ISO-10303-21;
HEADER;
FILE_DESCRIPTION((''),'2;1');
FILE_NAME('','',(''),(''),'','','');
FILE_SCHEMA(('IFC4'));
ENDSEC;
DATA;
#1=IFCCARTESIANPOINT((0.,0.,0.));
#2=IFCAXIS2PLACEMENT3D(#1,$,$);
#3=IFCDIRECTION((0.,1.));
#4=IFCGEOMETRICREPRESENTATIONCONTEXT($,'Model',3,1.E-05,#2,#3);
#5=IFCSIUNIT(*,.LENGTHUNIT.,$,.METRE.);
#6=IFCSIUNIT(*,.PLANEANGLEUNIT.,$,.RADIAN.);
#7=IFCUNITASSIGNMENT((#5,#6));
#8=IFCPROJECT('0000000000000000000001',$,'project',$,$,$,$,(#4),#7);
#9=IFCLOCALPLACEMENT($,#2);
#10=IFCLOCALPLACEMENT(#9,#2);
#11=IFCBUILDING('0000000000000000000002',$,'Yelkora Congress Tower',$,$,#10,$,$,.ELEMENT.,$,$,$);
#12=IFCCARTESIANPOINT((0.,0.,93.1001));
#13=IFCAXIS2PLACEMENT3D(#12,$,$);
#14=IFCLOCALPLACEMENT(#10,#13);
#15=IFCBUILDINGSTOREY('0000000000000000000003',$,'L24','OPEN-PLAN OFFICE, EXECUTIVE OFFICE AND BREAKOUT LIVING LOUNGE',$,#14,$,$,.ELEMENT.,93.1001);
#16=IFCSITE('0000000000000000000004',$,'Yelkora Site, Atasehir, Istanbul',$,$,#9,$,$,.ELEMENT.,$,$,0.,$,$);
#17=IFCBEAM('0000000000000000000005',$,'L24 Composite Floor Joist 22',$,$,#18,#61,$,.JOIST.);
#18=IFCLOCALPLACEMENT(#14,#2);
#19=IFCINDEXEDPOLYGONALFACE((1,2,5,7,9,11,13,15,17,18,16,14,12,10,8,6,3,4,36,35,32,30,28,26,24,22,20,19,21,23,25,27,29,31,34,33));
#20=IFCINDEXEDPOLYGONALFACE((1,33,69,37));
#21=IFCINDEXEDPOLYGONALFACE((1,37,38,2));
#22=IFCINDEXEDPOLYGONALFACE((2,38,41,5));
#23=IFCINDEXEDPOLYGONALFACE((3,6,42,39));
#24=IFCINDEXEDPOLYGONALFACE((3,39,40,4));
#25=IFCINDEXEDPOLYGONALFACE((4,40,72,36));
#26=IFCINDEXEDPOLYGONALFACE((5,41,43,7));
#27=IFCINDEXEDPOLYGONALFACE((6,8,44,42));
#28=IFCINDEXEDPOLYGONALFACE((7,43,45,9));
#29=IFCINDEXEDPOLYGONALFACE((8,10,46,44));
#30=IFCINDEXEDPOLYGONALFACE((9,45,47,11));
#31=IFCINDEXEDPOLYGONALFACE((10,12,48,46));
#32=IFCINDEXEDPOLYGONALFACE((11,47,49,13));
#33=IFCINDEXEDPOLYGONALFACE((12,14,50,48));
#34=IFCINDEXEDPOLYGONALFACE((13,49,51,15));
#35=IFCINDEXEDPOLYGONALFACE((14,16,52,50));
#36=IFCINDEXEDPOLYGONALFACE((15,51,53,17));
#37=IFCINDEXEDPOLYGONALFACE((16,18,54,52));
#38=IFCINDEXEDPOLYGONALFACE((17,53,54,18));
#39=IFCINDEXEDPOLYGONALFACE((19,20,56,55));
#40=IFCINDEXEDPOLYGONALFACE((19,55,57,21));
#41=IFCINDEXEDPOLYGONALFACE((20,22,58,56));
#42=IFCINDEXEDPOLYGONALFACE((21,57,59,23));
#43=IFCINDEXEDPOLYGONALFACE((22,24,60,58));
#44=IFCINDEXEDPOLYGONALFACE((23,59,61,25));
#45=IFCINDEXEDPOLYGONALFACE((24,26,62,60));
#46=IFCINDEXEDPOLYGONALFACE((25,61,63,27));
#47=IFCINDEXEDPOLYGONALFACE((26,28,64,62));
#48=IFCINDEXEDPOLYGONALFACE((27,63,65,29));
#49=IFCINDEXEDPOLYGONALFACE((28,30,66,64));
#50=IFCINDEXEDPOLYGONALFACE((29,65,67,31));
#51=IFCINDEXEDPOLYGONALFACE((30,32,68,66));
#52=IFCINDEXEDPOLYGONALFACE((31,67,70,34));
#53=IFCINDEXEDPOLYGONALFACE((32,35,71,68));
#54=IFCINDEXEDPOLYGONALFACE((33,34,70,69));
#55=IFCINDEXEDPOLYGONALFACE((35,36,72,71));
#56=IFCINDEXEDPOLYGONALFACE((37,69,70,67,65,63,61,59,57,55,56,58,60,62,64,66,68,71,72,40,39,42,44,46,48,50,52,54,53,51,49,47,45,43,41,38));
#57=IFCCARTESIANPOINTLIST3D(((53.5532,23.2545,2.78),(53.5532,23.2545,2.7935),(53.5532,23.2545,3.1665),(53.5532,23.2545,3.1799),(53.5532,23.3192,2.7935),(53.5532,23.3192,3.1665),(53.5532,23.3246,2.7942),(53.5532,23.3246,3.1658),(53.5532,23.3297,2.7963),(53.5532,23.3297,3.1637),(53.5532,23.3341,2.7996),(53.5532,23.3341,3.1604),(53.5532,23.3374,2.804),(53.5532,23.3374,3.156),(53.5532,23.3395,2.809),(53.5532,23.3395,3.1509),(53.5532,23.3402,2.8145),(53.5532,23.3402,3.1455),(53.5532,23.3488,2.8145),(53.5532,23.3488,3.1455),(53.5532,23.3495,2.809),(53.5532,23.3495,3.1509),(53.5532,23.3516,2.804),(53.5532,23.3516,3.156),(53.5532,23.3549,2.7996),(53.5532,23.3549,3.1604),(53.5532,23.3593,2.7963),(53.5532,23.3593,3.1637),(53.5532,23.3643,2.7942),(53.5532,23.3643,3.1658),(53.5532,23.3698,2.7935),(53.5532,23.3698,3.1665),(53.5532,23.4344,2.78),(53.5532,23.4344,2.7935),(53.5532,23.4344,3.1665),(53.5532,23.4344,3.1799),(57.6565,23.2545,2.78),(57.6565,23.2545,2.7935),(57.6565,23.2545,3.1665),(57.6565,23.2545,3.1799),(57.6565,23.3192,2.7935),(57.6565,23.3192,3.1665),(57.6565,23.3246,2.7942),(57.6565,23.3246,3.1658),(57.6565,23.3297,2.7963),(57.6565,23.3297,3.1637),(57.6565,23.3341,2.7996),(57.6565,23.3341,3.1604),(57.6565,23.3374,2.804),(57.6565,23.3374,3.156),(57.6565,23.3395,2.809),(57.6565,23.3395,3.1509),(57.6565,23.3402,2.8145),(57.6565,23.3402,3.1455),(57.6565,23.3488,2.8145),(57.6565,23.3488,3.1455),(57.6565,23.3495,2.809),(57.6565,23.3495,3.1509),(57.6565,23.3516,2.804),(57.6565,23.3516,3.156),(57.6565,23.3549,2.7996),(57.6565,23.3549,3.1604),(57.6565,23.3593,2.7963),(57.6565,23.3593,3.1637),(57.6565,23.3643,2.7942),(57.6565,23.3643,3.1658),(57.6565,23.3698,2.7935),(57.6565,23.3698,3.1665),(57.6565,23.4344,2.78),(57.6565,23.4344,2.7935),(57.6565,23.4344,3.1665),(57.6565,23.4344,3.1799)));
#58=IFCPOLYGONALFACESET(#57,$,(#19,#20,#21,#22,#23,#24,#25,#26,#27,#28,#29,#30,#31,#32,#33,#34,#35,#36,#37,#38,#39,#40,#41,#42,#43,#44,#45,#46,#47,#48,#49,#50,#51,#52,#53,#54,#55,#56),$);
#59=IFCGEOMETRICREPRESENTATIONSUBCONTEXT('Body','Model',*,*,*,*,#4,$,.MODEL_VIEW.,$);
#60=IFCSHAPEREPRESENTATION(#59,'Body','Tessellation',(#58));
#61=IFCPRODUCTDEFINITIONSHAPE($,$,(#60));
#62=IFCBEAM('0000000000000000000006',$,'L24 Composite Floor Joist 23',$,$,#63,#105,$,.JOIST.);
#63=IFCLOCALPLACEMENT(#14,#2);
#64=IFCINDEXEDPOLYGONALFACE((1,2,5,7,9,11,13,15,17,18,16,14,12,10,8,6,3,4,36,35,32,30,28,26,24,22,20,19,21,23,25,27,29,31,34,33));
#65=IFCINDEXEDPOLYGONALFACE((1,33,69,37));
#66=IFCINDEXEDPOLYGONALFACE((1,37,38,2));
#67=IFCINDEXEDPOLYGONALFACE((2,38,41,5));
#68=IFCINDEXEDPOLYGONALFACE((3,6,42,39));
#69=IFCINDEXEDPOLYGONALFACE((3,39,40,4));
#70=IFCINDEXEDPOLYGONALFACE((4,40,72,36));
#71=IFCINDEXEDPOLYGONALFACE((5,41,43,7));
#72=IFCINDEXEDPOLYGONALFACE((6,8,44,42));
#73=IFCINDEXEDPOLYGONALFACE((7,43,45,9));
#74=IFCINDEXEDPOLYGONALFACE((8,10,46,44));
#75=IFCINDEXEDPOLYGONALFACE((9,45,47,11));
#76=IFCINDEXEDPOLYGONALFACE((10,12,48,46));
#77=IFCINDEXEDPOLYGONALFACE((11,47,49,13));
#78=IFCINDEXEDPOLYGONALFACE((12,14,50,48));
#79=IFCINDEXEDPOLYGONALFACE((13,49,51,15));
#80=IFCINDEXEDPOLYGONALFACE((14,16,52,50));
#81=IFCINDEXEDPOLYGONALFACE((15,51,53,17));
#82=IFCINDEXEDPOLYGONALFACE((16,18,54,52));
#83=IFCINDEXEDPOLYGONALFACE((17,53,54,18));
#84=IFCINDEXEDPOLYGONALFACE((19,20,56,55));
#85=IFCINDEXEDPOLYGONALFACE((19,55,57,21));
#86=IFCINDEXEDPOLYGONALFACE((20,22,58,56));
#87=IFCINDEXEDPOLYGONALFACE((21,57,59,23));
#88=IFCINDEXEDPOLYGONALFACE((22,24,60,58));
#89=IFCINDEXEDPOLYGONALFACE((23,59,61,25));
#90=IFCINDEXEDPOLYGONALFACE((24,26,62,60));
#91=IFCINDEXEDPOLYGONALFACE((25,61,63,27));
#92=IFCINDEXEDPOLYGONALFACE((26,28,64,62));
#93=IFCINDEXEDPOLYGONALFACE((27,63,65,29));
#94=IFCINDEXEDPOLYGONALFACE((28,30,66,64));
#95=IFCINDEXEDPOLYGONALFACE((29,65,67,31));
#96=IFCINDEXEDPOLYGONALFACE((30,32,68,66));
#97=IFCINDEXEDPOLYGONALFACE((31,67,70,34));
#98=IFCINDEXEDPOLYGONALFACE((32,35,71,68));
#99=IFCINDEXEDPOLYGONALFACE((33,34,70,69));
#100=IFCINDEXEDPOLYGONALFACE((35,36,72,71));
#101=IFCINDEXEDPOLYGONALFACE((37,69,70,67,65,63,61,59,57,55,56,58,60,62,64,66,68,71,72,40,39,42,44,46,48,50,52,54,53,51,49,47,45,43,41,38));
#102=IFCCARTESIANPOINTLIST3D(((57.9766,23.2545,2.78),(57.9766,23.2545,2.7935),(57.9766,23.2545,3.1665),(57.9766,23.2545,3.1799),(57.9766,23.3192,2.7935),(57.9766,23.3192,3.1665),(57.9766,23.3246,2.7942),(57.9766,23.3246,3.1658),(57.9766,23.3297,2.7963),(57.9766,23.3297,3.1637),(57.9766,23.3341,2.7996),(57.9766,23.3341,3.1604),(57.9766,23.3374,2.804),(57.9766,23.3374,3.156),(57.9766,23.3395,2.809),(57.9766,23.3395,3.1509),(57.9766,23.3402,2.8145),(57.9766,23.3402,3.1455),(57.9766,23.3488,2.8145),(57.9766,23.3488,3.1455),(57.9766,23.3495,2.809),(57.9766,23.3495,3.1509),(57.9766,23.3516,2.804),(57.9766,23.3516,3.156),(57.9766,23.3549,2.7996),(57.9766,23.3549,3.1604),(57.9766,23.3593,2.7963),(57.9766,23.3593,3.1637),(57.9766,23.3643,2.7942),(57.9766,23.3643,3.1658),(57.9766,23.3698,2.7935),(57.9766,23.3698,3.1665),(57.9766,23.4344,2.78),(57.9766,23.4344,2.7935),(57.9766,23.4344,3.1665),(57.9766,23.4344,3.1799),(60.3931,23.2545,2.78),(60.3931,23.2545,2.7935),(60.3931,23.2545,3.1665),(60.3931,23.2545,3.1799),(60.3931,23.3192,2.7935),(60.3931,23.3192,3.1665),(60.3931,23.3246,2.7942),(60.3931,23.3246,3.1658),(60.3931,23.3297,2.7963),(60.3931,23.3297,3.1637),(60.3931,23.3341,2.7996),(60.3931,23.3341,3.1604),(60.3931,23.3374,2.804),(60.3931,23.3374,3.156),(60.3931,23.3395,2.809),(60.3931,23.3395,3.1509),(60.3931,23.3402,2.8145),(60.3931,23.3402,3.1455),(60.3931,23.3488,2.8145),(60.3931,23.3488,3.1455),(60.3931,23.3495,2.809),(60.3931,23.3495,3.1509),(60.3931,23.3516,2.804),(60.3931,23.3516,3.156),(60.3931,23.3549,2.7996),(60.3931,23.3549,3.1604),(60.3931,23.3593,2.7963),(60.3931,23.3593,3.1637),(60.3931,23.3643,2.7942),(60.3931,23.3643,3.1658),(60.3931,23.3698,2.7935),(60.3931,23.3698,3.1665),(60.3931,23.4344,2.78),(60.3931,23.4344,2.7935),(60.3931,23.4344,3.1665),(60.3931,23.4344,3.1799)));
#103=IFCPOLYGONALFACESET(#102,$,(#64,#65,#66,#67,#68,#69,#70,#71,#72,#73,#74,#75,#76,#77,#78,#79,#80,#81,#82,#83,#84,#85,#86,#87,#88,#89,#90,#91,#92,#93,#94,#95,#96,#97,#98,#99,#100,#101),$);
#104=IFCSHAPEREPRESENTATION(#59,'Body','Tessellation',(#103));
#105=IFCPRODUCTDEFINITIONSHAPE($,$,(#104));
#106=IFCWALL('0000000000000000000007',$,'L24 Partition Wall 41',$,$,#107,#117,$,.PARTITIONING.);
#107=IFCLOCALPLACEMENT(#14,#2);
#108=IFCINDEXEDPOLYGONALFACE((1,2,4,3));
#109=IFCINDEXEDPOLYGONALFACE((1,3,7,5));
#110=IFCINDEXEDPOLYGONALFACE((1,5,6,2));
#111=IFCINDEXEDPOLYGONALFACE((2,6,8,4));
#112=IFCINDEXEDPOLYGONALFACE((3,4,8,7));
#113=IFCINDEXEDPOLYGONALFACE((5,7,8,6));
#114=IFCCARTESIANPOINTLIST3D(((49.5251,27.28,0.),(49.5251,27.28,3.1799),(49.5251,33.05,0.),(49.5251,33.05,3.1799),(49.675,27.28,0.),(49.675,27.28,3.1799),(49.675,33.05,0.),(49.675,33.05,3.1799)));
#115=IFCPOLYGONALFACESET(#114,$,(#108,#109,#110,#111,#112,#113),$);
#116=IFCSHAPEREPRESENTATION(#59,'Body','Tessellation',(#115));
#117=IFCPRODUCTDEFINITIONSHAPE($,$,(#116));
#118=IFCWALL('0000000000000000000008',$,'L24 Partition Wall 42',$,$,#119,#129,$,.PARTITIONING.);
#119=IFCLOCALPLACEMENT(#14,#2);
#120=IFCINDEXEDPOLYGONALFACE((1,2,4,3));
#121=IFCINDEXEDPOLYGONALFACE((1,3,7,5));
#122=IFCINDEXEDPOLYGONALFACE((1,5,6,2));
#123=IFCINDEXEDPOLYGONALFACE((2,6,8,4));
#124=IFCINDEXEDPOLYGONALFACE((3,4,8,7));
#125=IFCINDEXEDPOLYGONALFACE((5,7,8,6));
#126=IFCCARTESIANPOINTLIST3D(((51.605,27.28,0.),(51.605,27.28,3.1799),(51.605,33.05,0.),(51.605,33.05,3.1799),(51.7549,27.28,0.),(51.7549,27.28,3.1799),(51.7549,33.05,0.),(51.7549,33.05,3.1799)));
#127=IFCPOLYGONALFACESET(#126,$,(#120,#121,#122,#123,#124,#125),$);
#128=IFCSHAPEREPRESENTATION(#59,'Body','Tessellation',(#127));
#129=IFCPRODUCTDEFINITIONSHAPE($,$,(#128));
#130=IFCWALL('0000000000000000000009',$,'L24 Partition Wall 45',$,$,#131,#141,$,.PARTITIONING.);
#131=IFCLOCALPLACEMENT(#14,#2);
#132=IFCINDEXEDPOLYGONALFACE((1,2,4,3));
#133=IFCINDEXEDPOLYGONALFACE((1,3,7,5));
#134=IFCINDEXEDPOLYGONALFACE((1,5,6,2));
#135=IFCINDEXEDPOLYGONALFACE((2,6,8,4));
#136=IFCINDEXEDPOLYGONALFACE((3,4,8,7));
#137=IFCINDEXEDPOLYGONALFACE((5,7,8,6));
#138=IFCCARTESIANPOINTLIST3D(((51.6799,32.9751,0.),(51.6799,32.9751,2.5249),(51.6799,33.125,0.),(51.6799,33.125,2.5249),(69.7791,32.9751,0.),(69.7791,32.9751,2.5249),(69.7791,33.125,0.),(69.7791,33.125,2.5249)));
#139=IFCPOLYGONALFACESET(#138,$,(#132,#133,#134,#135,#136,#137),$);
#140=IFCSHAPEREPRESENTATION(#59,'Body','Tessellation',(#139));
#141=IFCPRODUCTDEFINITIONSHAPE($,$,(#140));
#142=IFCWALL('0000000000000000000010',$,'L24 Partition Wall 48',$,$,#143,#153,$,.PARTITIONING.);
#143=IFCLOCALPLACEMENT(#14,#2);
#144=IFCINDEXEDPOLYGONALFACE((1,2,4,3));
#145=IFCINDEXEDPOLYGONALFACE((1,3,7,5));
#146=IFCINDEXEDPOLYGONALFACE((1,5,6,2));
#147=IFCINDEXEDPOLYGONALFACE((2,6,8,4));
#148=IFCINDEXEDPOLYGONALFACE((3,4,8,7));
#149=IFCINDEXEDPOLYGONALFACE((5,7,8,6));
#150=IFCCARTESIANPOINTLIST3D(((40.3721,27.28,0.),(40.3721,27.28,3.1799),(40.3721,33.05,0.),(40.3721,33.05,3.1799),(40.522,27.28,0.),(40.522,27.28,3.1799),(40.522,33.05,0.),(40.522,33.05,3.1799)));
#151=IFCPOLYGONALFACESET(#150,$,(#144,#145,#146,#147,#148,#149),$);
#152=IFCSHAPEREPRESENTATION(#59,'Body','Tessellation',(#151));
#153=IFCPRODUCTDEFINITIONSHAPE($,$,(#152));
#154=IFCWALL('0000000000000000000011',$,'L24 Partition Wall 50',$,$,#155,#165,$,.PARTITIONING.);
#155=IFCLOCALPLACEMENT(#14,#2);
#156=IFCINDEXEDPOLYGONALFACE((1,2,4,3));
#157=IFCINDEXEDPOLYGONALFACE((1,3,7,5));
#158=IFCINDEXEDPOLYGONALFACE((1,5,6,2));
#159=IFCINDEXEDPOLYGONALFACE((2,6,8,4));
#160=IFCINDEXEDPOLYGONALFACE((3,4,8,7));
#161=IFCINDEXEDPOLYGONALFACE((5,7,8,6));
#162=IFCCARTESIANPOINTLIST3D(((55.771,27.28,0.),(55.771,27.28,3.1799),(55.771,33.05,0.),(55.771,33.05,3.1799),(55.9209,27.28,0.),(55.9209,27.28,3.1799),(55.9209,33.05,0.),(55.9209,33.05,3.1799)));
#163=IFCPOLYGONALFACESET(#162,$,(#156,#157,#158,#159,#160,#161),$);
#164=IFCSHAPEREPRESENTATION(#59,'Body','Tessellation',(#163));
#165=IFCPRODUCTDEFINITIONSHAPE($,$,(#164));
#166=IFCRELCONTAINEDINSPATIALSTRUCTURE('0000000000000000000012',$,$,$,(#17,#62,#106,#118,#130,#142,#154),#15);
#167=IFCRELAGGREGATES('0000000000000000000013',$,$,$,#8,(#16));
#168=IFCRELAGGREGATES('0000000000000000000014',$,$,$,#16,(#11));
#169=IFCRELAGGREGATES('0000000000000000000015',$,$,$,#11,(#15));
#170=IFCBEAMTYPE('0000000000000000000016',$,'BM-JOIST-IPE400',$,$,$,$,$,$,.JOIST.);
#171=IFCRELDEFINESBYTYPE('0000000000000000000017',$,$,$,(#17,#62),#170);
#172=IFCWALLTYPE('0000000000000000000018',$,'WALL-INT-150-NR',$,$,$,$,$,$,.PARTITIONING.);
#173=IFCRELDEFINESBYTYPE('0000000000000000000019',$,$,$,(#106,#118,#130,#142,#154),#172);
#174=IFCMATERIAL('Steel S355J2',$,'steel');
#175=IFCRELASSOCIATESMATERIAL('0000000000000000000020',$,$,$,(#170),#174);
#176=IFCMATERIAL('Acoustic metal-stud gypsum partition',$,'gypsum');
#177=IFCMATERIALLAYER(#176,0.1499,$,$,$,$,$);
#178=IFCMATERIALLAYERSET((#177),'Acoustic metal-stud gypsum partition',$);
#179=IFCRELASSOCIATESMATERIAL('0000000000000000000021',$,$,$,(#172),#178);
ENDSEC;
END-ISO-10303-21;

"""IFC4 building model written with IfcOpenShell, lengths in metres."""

from ifc_helpers import new_model, si_unit, direction, frame, frame_2d, origin, origin_2d, place, context, subcontext, project, spatial, rectangle, i_section, extrude, material, layer, layer_set, material_profile, profile_set, type_object, element, save


model = new_model("IFC4")

# Units and contexts
model_context = context("Model", 3, precision=1e-05, world=origin(), true_north=direction((0.0, 1.0)))
body_context = subcontext(model_context, "Body", "Model", "MODEL_VIEW")
ifc_project = project(units=[si_unit("LENGTHUNIT", "METRE"), si_unit("PLANEANGLEUNIT", "RADIAN")], contexts=[model_context])

# Site, building, storey
site_placement = place(None, origin())
site = spatial("IfcSite", under=ifc_project, at=site_placement, Name="Yelkora Site, Atasehir, Istanbul", CompositionType="ELEMENT", RefElevation=0.0)
building_placement = place(site_placement, origin())
building = spatial("IfcBuilding", under=site, at=building_placement, Name="Yelkora Congress Tower", CompositionType="ELEMENT")
storey_placement = place(building_placement, frame((0.0, 0.0, 93.1001)))
storey = spatial("IfcBuildingStorey", under=building, at=storey_placement, Name="L24", Description="OPEN-PLAN OFFICE, EXECUTIVE OFFICE AND BREAKOUT LIVING LOUNGE", CompositionType="ELEMENT", Elevation=93.1001)

# Beams
ifc_material_1 = material(Name="Steel S355J2", Category="steel")
ifc_material_profile_1 = material_profile(ifc_material_1, i_section(OverallWidth=0.1799, OverallDepth=0.3999, WebThickness=0.0085, FlangeThickness=0.0134, FilletRadius=0.021, at=origin_2d()), Name="IPE 400")
ifc_profile_set_1 = profile_set([ifc_material_profile_1], Name="Steel S355J2")
beam_type_1 = type_object("IfcBeamType", Name="BM-JOIST-IPE400", PredefinedType="JOIST", material=ifc_profile_set_1)
beam_1_placement = place(storey_placement, frame((53.5532, 23.3445, 2.98), z_axis=(1.0, 0.0, 0.0), x_axis=(0.0, 1.0, 0.0)))
element("IfcBeam", 1, at=beam_1_placement, inside=storey, type_object=beam_type_1, Name="L24 Composite Floor Joist 22", PredefinedType="JOIST", context=body_context, shape_type="SweptSolid", body=[
    extrude(i_section(OverallWidth=0.1799, OverallDepth=0.3999, WebThickness=0.0085, FlangeThickness=0.0134, FilletRadius=0.021, at=origin_2d()), origin(), (0.0, 0.0, 1.0), 4.1033),
])
beam_2_placement = place(storey_placement, frame((57.9766, 23.3445, 2.98), z_axis=(1.0, 0.0, 0.0), x_axis=(0.0, 1.0, 0.0)))
element("IfcBeam", 2, at=beam_2_placement, inside=storey, type_object=beam_type_1, Name="L24 Composite Floor Joist 23", PredefinedType="JOIST", context=body_context, shape_type="SweptSolid", body=[
    extrude(i_section(OverallWidth=0.1799, OverallDepth=0.3999, WebThickness=0.0085, FlangeThickness=0.0134, FilletRadius=0.021, at=origin_2d()), origin(), (0.0, 0.0, 1.0), 2.4165),
])

# Walls
ifc_material_2 = material(Name="Acoustic metal-stud gypsum partition", Category="gypsum")
ifc_layer = layer(ifc_material_2, 0.1499)
ifc_layer_set = layer_set([ifc_layer], Name="Acoustic metal-stud gypsum partition")
wall_type = type_object("IfcWallType", Name="WALL-INT-150-NR", PredefinedType="PARTITIONING", material=ifc_layer_set)
for number, where, z_axis, x_axis, name in (
    (3, (49.6001, 27.28, 0.0), (0.0, 0.0, 1.0), (0.0, 1.0, 0.0), "L24 Partition Wall 41"),
    (4, (51.6799, 27.28, 0.0), (0.0, 0.0, 1.0), (0.0, 1.0, 0.0), "L24 Partition Wall 42"),
):
    element("IfcWall", number, at=place(storey_placement, frame(where, z_axis=z_axis, x_axis=x_axis)), inside=storey, type_object=wall_type, Name=name, PredefinedType="PARTITIONING", context=body_context, shape_type="SweptSolid", body=[
        extrude(rectangle(XDim=5.77, YDim=0.1499, at=frame_2d((2.885, 0.0))), origin(), (0.0, 0.0, 1.0), 3.1799),
    ])
wall_1_placement = place(storey_placement, frame((51.6799, 33.05, 0.0), z_axis=(0.0, 0.0, 1.0), x_axis=(1.0, 0.0, 0.0)))
element("IfcWall", 5, at=wall_1_placement, inside=storey, type_object=wall_type, Name="L24 Partition Wall 45", PredefinedType="PARTITIONING", context=body_context, shape_type="SweptSolid", body=[
    extrude(rectangle(XDim=18.0991, YDim=0.1499, at=frame_2d((9.0496, 0.0))), origin(), (0.0, 0.0, 1.0), 2.5249),
])
for number, where, z_axis, x_axis, name in (
    (6, (40.447, 27.28, 0.0), (0.0, 0.0, 1.0), (0.0, 1.0, 0.0), "L24 Partition Wall 48"),
    (7, (55.8459, 27.28, 0.0), (0.0, 0.0, 1.0), (0.0, 1.0, 0.0), "L24 Partition Wall 50"),
):
    element("IfcWall", number, at=place(storey_placement, frame(where, z_axis=z_axis, x_axis=x_axis)), inside=storey, type_object=wall_type, Name=name, PredefinedType="PARTITIONING", context=body_context, shape_type="SweptSolid", body=[
        extrude(rectangle(XDim=5.77, YDim=0.1499, at=frame_2d((2.885, 0.0))), origin(), (0.0, 0.0, 1.0), 3.1799),
    ])

save(model, "model.ifc")
